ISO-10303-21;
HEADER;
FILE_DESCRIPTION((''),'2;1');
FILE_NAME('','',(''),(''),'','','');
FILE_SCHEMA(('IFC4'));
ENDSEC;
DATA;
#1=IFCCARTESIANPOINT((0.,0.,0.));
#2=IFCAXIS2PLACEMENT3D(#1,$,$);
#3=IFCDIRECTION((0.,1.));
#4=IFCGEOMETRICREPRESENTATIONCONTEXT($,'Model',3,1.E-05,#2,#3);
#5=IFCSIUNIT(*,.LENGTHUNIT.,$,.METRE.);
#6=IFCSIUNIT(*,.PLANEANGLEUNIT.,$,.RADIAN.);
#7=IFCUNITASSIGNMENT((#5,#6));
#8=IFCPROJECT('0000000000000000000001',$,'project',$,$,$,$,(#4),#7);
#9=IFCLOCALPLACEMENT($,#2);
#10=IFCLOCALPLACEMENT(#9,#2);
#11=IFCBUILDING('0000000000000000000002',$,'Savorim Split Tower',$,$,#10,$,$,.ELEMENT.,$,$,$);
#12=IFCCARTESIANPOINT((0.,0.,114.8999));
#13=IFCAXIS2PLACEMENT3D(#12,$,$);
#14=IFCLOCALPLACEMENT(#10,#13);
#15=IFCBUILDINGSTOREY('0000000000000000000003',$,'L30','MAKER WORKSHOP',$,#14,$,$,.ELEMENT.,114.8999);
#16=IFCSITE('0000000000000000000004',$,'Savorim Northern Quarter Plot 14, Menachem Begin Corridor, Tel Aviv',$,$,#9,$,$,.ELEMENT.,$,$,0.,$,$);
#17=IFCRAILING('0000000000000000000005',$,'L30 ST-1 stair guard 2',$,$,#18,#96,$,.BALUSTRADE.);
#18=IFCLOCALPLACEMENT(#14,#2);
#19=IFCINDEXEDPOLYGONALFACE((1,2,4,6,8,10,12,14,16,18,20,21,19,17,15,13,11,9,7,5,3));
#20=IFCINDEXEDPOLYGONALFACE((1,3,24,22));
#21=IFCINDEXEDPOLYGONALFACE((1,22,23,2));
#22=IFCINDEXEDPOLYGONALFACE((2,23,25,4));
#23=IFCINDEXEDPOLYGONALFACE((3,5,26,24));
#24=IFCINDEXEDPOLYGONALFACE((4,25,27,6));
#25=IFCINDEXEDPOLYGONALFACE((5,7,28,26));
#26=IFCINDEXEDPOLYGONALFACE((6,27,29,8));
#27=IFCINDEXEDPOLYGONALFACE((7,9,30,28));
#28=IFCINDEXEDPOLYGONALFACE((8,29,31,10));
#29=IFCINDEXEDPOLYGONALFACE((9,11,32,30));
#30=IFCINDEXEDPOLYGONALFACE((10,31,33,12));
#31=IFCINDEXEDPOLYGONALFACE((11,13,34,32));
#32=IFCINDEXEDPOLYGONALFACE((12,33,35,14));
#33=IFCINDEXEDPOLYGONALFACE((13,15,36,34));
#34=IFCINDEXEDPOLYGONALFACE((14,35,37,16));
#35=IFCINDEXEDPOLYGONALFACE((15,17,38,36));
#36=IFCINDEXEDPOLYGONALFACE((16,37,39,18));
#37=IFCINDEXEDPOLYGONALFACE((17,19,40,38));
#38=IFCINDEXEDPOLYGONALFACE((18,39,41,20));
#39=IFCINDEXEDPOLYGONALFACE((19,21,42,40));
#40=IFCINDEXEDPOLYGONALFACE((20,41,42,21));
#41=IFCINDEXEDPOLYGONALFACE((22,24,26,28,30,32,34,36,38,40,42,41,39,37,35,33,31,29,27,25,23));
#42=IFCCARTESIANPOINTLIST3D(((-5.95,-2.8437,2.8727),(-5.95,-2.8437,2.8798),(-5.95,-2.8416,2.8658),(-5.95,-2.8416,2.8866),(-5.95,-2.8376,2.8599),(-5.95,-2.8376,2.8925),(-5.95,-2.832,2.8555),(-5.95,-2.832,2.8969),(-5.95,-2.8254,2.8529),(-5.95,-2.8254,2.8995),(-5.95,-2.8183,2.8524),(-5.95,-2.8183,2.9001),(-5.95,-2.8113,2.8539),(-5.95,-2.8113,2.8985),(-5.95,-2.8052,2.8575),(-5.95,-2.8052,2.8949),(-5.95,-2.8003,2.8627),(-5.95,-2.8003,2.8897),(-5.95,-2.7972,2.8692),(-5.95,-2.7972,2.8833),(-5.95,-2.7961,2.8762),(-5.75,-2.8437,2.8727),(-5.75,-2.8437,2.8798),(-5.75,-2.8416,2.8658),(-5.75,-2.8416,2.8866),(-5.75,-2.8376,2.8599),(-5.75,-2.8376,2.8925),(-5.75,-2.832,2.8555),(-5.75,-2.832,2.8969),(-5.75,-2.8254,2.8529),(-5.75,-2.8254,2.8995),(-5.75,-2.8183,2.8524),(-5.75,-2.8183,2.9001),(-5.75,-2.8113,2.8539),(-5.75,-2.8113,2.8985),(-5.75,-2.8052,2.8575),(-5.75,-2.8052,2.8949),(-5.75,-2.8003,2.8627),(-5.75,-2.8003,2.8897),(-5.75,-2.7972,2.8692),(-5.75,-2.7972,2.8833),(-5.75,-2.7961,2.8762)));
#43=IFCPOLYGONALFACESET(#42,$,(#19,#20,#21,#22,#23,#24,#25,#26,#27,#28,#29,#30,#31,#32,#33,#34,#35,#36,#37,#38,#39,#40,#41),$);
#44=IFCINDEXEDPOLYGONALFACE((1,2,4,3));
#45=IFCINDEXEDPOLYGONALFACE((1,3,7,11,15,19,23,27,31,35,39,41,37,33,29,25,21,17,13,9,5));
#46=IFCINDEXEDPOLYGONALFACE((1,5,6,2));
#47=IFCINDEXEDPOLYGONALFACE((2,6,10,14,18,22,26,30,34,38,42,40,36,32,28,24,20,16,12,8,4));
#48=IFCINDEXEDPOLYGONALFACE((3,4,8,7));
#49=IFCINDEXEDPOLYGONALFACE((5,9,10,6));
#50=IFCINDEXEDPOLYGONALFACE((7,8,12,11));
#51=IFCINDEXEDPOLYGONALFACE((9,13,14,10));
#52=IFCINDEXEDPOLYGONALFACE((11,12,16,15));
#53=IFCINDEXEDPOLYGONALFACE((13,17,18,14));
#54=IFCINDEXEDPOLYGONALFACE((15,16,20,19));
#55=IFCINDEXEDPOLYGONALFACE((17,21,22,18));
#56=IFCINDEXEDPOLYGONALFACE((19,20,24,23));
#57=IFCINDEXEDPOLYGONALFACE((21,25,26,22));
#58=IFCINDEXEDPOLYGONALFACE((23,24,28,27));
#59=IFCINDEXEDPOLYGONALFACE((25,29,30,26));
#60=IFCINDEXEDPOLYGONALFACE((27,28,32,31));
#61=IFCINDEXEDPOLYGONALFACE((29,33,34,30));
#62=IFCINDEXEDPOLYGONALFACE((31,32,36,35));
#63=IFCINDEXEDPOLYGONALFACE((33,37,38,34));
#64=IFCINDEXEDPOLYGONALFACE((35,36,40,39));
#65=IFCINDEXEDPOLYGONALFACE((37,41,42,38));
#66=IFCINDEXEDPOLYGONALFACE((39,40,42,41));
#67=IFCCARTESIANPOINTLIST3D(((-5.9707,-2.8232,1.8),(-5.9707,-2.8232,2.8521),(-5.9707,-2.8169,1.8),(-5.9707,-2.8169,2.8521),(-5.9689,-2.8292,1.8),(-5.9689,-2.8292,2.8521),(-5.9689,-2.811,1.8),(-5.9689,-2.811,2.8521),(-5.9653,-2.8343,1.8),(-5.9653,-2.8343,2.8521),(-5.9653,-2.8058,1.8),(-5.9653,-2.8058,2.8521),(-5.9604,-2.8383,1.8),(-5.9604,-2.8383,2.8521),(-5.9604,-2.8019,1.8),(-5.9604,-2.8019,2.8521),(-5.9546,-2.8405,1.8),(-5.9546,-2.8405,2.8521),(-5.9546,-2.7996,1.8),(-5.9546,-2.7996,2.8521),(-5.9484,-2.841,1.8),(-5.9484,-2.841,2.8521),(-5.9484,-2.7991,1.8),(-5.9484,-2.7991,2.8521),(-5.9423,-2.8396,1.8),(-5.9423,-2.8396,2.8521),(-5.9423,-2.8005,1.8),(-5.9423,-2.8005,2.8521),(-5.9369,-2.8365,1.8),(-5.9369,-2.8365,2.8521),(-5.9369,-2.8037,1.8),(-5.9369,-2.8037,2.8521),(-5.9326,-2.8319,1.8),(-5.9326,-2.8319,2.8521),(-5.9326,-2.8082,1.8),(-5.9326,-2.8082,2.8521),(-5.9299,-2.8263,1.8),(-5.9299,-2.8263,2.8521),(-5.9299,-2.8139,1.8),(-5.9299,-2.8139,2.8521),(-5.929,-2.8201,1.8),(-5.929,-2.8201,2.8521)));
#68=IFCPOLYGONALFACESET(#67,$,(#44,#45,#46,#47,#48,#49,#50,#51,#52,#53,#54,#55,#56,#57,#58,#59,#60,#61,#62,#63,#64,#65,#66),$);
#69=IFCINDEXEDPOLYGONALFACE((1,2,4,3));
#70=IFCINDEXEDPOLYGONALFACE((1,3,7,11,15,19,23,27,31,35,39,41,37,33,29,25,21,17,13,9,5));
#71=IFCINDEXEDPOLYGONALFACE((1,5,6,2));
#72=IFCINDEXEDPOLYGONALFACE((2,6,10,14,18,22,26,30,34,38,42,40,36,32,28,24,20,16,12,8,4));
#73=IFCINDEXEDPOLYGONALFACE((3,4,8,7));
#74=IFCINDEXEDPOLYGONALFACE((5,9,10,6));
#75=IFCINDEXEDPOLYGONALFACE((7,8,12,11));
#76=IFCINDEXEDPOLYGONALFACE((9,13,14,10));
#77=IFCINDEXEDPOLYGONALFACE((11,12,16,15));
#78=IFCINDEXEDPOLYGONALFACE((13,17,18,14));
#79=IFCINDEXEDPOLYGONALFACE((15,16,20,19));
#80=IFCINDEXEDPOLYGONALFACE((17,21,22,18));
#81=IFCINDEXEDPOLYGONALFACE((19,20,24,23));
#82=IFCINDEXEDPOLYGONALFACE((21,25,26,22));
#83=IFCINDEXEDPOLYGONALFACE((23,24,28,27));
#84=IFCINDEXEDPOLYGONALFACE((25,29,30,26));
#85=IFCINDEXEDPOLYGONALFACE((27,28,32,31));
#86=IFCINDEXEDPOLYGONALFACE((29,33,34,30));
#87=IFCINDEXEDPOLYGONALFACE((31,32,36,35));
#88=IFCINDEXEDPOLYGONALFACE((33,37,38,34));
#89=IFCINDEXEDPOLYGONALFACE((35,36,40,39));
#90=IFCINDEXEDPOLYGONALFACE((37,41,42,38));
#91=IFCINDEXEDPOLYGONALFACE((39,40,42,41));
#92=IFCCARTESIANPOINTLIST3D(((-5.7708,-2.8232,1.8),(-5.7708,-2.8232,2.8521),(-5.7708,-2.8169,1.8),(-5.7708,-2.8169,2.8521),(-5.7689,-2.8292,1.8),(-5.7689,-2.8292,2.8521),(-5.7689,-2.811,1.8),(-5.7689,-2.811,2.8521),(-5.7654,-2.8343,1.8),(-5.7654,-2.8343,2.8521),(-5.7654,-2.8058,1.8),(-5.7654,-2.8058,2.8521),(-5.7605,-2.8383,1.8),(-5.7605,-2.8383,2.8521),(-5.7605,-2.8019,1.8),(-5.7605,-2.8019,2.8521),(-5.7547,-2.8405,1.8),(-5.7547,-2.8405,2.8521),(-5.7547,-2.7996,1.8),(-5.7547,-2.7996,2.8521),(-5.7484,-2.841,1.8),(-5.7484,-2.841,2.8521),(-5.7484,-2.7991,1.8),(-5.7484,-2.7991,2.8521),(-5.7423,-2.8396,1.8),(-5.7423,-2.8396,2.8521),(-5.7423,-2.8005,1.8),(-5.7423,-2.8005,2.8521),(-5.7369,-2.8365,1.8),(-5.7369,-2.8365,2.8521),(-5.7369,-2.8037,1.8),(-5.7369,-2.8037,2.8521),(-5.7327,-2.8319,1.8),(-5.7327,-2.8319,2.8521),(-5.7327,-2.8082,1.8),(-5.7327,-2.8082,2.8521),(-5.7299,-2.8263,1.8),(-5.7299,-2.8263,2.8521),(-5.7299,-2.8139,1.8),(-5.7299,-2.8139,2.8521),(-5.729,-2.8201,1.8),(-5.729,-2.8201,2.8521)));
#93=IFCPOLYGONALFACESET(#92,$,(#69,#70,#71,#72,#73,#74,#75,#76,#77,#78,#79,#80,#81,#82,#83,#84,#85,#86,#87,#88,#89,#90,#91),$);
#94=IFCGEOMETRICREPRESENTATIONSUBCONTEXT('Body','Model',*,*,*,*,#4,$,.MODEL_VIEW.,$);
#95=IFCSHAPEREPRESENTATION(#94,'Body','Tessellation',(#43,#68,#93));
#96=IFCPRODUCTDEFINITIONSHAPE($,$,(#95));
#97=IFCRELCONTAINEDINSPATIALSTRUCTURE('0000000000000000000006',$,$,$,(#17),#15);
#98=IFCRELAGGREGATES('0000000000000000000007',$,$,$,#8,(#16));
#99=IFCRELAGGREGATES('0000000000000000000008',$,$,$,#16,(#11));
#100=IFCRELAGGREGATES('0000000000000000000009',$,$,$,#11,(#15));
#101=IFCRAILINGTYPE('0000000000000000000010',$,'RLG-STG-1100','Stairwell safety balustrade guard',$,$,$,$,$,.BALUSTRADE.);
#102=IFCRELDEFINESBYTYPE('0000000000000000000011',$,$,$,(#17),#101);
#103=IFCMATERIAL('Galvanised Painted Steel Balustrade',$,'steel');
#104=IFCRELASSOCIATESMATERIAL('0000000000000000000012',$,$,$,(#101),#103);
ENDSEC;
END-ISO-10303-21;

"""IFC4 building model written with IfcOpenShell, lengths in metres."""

from ifc_helpers import new_model, si_unit, direction, frame, origin, origin_2d, place, context, subcontext, project, spatial, circle, extrude, material, type_object, element, save


model = new_model("IFC4")

# Units and contexts
model_context = context("Model", 3, precision=1e-05, world=origin(), true_north=direction((0.0, 1.0)))
body_context = subcontext(model_context, "Body", "Model", "MODEL_VIEW")
ifc_project = project(units=[si_unit("LENGTHUNIT", "METRE"), si_unit("PLANEANGLEUNIT", "RADIAN")], contexts=[model_context])

# Site, building, storey
site_placement = place(None, origin())
site = spatial("IfcSite", under=ifc_project, at=site_placement, Name="Savorim Northern Quarter Plot 14, Menachem Begin Corridor, Tel Aviv", CompositionType="ELEMENT", RefElevation=0.0)
building_placement = place(site_placement, origin())
building = spatial("IfcBuilding", under=site, at=building_placement, Name="Savorim Split Tower", CompositionType="ELEMENT")
storey_placement = place(building_placement, frame((0.0, 0.0, 114.8999)))
storey = spatial("IfcBuildingStorey", under=building, at=storey_placement, Name="L30", Description="MAKER WORKSHOP", CompositionType="ELEMENT", Elevation=114.8999)

# Railing
ifc_material_1 = material(Name="Galvanised Painted Steel Balustrade", Category="steel")
railing_type_1 = type_object("IfcRailingType", Name="RLG-STG-1100", Description="Stairwell safety balustrade guard", PredefinedType="BALUSTRADE", material=ifc_material_1)
railing_1_placement = place(storey_placement, frame((-5.95, -2.8201, 1.8)))
element("IfcRailing", 1, at=railing_1_placement, inside=storey, type_object=railing_type_1, Name="L30 ST-1 stair guard 2", PredefinedType="BALUSTRADE", context=body_context, shape_type="SweptSolid", body=[
    extrude(circle(Radius=0.0239, at=origin_2d()), frame((0.0, 0.0, 1.0762), z_axis=(1.0, 0.0, 0.0), x_axis=(0.0, 1.0, 0.0)), (0.0, 0.0, 1.0), 0.2),
    extrude(circle(Radius=0.021, at=origin_2d()), origin(), (0.0, 0.0, 1.0), 1.052),
    extrude(circle(Radius=0.021, at=origin_2d()), frame((0.2, 0.0, 0.0)), (0.0, 0.0, 1.0), 1.052),
])

save(model, "model.ifc")
